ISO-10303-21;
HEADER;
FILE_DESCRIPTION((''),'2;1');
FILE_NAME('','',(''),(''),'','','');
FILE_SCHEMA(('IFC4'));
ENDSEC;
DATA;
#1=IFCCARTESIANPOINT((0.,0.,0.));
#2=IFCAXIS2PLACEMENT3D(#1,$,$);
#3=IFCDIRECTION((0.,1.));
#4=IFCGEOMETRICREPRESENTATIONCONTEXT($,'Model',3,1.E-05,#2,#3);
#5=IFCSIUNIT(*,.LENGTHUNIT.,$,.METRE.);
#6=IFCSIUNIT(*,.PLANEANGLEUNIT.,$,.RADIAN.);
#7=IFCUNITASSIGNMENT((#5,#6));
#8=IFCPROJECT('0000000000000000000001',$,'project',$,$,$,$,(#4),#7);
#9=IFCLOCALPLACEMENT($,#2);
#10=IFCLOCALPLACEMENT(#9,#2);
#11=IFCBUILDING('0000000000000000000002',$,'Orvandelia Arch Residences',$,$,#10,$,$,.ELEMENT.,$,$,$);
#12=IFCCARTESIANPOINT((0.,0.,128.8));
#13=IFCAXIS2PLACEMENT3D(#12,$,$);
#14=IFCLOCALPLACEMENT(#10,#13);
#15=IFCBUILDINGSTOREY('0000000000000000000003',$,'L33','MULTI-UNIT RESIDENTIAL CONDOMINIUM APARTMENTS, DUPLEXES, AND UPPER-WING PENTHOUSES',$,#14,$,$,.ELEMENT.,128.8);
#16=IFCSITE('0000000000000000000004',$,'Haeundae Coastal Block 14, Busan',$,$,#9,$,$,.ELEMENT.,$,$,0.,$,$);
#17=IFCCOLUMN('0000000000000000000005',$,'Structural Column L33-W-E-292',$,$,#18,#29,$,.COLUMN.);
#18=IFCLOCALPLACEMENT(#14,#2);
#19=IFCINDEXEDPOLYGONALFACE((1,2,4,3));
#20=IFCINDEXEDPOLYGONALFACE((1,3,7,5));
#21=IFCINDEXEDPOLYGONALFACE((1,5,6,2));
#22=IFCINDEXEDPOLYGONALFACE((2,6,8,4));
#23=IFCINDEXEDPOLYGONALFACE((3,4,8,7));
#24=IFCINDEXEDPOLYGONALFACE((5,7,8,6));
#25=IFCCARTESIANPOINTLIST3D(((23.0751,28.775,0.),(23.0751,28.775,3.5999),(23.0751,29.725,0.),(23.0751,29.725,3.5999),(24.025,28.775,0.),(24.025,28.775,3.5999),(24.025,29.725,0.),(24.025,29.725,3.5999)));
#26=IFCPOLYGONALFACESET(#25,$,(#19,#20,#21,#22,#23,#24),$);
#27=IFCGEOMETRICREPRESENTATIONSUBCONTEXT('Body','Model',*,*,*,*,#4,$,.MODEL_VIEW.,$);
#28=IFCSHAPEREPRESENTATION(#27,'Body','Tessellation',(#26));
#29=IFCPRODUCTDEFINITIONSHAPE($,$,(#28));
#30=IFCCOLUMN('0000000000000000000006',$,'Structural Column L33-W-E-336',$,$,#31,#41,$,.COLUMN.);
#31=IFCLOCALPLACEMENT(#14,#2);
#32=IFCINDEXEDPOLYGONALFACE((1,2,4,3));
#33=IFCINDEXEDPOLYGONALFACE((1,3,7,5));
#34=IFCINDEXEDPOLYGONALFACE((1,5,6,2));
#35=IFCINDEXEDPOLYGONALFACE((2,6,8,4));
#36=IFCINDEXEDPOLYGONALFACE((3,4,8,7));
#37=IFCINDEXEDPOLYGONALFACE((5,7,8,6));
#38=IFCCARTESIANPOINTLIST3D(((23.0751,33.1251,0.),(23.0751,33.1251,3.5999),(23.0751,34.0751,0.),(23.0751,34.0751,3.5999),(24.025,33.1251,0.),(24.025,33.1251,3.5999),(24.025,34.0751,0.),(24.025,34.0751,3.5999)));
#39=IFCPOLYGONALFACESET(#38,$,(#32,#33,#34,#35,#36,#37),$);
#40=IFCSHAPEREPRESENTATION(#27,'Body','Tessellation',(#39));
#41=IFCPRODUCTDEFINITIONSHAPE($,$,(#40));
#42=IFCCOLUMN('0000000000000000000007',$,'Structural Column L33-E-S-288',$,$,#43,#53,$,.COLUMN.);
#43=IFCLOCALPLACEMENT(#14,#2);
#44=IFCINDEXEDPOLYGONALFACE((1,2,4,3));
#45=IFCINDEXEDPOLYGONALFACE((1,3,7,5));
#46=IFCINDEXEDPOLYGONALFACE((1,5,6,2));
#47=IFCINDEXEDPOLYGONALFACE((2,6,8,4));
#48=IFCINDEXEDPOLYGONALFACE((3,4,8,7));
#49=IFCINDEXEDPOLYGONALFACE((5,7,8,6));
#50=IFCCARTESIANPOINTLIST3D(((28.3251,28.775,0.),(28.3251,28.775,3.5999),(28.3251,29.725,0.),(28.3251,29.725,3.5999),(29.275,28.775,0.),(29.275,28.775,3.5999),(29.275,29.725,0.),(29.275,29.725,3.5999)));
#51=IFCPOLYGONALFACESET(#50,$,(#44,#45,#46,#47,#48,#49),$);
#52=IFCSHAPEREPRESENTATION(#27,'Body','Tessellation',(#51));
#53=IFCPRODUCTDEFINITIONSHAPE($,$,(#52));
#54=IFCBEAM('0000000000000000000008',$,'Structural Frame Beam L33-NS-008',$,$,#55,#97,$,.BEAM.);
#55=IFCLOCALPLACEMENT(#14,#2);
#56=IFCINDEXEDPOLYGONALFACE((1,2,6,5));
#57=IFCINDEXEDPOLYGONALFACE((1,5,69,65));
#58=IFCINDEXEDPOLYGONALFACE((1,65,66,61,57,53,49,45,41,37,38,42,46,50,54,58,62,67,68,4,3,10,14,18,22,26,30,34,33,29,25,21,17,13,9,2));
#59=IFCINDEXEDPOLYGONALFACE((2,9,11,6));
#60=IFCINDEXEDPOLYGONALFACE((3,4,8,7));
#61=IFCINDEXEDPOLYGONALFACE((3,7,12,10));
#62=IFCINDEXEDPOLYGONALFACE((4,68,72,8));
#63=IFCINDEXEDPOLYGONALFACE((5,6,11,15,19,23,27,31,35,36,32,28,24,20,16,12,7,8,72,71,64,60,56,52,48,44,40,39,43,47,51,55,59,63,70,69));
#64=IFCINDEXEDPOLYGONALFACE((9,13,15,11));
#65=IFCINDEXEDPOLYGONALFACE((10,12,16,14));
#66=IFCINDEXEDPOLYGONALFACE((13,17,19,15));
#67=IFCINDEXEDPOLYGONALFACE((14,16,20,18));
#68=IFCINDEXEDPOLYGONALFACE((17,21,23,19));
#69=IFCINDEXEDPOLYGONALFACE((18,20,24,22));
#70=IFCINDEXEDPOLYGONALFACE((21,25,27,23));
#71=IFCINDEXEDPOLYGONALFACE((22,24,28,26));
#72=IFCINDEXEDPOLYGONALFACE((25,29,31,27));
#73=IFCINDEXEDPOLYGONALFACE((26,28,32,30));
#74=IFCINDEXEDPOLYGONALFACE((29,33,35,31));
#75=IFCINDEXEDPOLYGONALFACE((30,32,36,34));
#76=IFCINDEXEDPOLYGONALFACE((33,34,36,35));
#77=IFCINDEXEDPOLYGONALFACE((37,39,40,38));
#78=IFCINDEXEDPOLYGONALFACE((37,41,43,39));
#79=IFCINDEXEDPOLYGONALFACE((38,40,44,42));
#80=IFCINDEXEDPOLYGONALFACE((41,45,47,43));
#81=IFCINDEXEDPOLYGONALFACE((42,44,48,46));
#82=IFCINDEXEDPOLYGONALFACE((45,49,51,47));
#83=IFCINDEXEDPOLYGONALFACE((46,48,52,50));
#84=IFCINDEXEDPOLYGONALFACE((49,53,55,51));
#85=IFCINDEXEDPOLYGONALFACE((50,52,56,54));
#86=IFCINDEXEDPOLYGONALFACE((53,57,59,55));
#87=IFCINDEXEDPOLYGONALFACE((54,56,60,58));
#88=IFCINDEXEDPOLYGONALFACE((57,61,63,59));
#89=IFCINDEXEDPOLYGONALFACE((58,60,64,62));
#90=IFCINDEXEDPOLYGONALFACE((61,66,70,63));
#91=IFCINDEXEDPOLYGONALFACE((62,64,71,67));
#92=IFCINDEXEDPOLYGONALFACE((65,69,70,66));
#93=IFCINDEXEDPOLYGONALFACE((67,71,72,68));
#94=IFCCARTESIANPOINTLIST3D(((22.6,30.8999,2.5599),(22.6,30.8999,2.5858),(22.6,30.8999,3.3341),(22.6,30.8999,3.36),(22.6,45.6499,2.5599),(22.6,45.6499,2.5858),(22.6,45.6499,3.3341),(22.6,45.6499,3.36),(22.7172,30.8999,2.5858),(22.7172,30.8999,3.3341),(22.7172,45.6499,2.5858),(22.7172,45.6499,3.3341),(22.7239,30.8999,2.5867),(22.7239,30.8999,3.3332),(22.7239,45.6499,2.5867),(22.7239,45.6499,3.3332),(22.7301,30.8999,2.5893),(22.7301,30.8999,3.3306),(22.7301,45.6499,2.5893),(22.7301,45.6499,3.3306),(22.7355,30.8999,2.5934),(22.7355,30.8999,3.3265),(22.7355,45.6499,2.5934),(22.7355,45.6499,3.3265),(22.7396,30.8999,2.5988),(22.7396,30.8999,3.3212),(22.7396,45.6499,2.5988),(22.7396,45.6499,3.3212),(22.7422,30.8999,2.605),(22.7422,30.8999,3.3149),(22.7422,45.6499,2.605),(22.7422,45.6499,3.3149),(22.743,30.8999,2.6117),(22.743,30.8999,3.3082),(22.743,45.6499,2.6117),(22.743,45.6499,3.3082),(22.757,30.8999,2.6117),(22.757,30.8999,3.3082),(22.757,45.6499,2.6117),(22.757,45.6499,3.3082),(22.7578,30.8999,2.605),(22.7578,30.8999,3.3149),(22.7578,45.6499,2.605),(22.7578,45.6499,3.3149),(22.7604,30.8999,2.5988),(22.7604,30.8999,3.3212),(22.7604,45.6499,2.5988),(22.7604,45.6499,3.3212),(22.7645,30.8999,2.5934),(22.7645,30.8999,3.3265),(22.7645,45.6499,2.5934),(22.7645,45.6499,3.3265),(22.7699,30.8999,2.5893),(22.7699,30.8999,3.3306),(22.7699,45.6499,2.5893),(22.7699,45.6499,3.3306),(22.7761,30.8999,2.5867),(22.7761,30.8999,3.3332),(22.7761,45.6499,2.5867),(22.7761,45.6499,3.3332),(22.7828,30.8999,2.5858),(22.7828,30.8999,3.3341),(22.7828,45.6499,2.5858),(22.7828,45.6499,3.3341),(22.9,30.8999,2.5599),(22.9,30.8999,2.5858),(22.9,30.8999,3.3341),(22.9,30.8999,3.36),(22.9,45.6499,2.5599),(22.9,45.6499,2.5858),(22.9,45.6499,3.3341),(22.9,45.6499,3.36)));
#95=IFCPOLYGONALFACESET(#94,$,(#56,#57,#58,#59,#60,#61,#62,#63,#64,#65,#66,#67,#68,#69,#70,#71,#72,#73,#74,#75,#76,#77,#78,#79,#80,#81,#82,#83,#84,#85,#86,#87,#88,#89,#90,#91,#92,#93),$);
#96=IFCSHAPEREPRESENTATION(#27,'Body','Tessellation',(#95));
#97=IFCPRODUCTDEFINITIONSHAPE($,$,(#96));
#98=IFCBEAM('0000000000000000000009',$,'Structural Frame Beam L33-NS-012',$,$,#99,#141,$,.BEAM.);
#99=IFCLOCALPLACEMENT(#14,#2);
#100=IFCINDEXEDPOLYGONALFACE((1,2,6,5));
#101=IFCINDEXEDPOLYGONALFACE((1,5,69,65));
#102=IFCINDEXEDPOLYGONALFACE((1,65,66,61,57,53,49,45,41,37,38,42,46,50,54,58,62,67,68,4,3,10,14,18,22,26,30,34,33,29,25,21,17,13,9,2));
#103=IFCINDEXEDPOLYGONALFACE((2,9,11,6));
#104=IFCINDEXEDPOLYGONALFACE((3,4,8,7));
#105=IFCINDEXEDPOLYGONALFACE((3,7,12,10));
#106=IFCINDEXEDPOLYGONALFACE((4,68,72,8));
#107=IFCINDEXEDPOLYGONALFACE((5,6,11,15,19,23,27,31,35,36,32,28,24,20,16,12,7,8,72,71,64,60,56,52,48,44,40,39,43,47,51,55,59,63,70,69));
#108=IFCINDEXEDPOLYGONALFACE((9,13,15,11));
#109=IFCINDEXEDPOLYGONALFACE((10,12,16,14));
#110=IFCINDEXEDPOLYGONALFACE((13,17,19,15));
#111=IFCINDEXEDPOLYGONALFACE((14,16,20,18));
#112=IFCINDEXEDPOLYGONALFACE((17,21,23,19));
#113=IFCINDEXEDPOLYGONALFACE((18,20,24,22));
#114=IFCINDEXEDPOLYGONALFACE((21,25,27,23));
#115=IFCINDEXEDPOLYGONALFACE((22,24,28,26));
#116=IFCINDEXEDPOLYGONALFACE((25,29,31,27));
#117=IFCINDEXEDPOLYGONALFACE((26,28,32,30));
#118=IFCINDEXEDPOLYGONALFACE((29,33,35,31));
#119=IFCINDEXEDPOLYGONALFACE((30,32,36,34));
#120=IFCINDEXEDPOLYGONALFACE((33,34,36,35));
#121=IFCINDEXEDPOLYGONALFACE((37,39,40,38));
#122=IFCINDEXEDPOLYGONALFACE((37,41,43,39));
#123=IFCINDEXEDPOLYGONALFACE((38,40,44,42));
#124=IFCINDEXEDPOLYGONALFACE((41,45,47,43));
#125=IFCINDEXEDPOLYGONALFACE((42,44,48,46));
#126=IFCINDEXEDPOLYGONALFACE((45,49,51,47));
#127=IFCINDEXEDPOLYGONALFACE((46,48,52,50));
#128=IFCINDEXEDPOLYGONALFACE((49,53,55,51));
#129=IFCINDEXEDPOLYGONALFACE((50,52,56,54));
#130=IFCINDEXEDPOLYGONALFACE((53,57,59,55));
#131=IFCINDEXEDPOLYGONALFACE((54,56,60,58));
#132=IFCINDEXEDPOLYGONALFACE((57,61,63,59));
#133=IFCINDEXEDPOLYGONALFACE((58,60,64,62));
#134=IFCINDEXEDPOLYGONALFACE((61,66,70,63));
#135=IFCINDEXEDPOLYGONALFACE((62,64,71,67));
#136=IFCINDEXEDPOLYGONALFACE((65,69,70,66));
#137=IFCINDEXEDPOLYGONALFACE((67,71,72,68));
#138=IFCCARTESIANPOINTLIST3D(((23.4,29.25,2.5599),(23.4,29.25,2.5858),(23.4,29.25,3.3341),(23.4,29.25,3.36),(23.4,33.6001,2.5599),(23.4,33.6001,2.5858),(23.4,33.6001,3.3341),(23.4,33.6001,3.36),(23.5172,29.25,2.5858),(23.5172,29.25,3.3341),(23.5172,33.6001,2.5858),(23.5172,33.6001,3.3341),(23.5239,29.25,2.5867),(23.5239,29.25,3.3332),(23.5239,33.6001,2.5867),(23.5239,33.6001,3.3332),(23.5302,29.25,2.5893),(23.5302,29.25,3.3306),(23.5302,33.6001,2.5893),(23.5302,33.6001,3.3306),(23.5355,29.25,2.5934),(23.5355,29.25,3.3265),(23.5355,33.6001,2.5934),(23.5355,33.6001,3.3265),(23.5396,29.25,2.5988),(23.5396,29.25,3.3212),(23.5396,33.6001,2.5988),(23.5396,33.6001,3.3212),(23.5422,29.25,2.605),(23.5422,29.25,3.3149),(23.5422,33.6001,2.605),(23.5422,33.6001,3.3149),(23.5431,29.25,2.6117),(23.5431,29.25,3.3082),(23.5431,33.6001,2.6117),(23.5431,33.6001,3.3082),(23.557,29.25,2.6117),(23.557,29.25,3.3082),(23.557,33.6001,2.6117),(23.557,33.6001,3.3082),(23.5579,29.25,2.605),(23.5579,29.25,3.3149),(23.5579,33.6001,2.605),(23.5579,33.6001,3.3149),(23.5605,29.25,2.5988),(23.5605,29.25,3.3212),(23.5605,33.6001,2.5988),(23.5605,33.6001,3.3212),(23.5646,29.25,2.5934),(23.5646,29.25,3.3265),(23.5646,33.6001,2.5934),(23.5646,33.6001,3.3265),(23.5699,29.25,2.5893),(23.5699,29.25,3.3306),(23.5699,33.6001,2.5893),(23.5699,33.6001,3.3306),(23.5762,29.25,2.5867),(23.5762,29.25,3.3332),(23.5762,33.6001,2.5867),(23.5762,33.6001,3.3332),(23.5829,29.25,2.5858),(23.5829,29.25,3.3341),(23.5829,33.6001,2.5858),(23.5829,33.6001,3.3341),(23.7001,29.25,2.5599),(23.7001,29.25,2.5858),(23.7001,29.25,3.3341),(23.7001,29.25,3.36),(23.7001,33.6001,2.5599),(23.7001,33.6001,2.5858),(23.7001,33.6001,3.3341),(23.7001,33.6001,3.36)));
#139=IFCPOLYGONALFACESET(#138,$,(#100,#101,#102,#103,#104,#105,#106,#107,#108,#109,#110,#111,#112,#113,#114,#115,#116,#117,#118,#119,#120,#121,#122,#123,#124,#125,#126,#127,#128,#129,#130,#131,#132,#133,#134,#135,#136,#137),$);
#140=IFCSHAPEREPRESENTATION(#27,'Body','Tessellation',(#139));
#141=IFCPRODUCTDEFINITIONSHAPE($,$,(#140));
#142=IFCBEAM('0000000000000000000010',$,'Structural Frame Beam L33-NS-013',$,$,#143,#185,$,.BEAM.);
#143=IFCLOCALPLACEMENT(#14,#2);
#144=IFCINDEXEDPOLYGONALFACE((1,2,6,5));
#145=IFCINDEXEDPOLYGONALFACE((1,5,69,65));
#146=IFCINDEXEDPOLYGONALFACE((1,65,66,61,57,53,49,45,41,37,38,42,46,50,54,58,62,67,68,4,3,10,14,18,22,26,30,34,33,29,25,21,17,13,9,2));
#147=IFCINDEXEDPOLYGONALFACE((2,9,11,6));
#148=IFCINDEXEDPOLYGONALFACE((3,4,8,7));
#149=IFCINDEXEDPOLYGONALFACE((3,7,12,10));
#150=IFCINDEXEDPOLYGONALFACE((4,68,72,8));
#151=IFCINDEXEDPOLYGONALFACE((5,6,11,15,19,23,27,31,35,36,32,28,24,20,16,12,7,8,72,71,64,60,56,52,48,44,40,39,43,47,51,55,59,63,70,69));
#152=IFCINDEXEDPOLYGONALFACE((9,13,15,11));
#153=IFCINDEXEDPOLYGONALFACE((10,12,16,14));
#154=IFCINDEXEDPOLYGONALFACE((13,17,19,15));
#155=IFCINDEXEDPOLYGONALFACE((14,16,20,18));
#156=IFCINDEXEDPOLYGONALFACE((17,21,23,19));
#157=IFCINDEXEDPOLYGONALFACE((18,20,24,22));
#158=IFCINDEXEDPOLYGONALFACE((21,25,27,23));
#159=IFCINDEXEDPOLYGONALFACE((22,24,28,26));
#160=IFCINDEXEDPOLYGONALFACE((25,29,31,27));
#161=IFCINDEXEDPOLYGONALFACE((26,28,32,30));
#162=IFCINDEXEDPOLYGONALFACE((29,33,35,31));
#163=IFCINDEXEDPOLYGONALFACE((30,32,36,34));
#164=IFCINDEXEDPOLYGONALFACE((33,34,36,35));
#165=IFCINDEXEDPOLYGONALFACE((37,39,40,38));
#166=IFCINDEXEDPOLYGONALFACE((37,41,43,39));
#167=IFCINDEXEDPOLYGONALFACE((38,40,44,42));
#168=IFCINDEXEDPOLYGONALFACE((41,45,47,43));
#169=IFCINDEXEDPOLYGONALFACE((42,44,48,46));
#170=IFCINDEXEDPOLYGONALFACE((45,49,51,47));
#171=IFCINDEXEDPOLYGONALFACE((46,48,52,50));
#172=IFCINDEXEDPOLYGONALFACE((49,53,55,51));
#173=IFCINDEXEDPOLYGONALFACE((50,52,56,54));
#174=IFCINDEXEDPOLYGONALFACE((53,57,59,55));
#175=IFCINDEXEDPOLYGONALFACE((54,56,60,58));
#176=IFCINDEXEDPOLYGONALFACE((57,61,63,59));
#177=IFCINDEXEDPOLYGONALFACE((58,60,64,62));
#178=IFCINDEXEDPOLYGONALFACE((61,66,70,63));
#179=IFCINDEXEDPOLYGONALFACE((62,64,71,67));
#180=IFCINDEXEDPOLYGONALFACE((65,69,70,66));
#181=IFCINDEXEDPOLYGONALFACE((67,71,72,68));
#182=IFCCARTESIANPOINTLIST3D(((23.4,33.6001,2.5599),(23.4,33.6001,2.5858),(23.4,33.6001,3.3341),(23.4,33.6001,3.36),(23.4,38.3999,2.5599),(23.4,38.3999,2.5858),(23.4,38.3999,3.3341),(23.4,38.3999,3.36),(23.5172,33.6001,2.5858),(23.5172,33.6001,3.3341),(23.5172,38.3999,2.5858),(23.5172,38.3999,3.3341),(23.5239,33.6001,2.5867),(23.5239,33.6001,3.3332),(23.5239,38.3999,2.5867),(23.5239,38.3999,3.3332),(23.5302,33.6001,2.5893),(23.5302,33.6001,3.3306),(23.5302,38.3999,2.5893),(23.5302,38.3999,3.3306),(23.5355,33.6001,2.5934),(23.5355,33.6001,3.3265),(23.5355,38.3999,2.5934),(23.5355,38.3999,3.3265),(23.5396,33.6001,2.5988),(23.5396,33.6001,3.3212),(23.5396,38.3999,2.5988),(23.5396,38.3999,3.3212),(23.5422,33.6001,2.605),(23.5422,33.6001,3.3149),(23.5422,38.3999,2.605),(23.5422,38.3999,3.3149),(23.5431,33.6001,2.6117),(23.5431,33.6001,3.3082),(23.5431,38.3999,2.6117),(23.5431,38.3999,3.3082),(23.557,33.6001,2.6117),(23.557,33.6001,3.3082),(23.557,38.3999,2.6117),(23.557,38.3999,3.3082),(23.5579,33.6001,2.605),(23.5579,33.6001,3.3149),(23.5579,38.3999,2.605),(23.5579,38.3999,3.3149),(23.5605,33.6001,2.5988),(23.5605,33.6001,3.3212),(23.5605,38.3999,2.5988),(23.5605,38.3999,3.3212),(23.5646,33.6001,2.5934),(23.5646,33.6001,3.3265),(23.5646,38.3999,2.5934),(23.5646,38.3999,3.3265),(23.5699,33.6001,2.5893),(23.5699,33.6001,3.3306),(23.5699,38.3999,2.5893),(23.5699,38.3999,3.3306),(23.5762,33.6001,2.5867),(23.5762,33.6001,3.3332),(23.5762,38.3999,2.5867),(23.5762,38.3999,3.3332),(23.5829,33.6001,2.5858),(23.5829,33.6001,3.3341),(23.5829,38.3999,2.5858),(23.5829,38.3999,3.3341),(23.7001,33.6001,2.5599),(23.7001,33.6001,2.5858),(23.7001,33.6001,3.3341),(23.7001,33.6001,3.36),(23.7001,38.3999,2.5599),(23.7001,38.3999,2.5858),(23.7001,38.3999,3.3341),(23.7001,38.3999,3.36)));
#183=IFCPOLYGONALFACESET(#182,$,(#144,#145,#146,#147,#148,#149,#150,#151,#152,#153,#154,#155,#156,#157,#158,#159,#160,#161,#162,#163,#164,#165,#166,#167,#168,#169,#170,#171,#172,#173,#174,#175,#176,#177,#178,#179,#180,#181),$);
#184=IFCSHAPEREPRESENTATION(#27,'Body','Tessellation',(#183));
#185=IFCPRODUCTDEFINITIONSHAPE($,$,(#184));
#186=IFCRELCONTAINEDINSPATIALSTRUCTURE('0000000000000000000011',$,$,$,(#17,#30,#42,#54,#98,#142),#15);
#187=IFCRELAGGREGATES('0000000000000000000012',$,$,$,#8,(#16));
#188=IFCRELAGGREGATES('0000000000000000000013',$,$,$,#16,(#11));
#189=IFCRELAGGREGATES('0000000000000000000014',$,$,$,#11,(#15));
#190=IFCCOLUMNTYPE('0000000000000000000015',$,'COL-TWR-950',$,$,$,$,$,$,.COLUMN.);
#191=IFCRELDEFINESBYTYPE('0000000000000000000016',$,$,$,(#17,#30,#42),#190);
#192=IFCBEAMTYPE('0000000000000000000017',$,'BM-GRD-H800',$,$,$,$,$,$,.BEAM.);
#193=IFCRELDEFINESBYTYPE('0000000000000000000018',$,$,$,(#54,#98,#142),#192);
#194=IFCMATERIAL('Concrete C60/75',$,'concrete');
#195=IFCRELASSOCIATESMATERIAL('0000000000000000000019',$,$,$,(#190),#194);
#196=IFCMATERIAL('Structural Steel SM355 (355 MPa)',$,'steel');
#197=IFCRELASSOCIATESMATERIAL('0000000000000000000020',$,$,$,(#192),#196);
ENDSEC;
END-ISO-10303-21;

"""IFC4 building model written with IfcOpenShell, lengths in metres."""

from ifc_helpers import new_model, si_unit, direction, frame, origin, origin_2d, place, context, subcontext, project, spatial, rectangle, i_section, extrude, material, material_profile, profile_set, type_object, element, save


model = new_model("IFC4")

# Units and contexts
model_context = context("Model", 3, precision=1e-05, world=origin(), true_north=direction((0.0, 1.0)))
body_context = subcontext(model_context, "Body", "Model", "MODEL_VIEW")
ifc_project = project(units=[si_unit("LENGTHUNIT", "METRE"), si_unit("PLANEANGLEUNIT", "RADIAN")], contexts=[model_context])

# Site, building, storey
site_placement = place(None, origin())
site = spatial("IfcSite", under=ifc_project, at=site_placement, Name="Haeundae Coastal Block 14, Busan", CompositionType="ELEMENT", RefElevation=0.0)
building_placement = place(site_placement, origin())
building = spatial("IfcBuilding", under=site, at=building_placement, Name="Orvandelia Arch Residences", CompositionType="ELEMENT")
storey_placement = place(building_placement, frame((0.0, 0.0, 128.8)))
storey = spatial("IfcBuildingStorey", under=building, at=storey_placement, Name="L33", Description="MULTI-UNIT RESIDENTIAL CONDOMINIUM APARTMENTS, DUPLEXES, AND UPPER-WING PENTHOUSES", CompositionType="ELEMENT", Elevation=128.8)

# Columns
ifc_material_1 = material(Name="Concrete C60/75", Category="concrete")
ifc_material_profile_1 = material_profile(ifc_material_1, rectangle(XDim=0.95, YDim=0.95, at=origin_2d()), Name="Concrete C60/75", Category="concrete")
ifc_profile_set_1 = profile_set([ifc_material_profile_1], Name="Concrete C60/75")
column_type = type_object("IfcColumnType", Name="COL-TWR-950", PredefinedType="COLUMN", material=ifc_profile_set_1)
for number, where, z_axis, x_axis, name in (
    (1, (23.55, 29.25, 0.0), (0.0, 0.0, 1.0), (1.0, 0.0, 0.0), "Structural Column L33-W-E-292"),
    (2, (23.55, 33.6001, 0.0), (0.0, 0.0, 1.0), (1.0, 0.0, 0.0), "Structural Column L33-W-E-336"),
    (3, (28.8, 29.25, 0.0), (0.0, 0.0, 1.0), (1.0, 0.0, 0.0), "Structural Column L33-E-S-288"),
):
    element("IfcColumn", number, at=place(storey_placement, frame(where, z_axis=z_axis, x_axis=x_axis)), inside=storey, type_object=column_type, Name=name, PredefinedType="COLUMN", context=body_context, shape_type="SweptSolid", body=[
        extrude(rectangle(XDim=0.95, YDim=0.95, at=origin_2d()), origin(), (0.0, 0.0, 1.0), 3.5999),
    ])

# Beams
ifc_material_2 = material(Name="Structural Steel SM355 (355 MPa)", Category="steel")
ifc_material_profile_2 = material_profile(ifc_material_2, i_section(OverallWidth=0.3, OverallDepth=0.8, WebThickness=0.0139, FlangeThickness=0.0259, FilletRadius=0.0259, at=origin_2d()), Name="Structural Steel SM355 (355 MPa)", Category="steel")
ifc_profile_set_2 = profile_set([ifc_material_profile_2], Name="Structural Steel SM355 (355 MPa)")
beam_type = type_object("IfcBeamType", Name="BM-GRD-H800", PredefinedType="BEAM", material=ifc_profile_set_2)
beam_1_placement = place(storey_placement, frame((22.75, 30.8999, 2.96), z_axis=(0.0, 1.0, 0.0), x_axis=(-1.0, 0.0, 0.0)))
element("IfcBeam", 4, at=beam_1_placement, inside=storey, type_object=beam_type, Name="Structural Frame Beam L33-NS-008", PredefinedType="BEAM", context=body_context, shape_type="SweptSolid", body=[
    extrude(i_section(OverallWidth=0.3, OverallDepth=0.8, WebThickness=0.0139, FlangeThickness=0.0259, FilletRadius=0.0259, at=origin_2d()), origin(), (0.0, 0.0, 1.0), 14.75),
])
beam_2_placement = place(storey_placement, frame((23.55, 29.25, 2.96), z_axis=(0.0, 1.0, 0.0), x_axis=(-1.0, 0.0, 0.0)))
element("IfcBeam", 5, at=beam_2_placement, inside=storey, type_object=beam_type, Name="Structural Frame Beam L33-NS-012", PredefinedType="BEAM", context=body_context, shape_type="SweptSolid", body=[
    extrude(i_section(OverallWidth=0.3, OverallDepth=0.8, WebThickness=0.0139, FlangeThickness=0.0259, FilletRadius=0.0259, at=origin_2d()), origin(), (0.0, 0.0, 1.0), 4.3501),
])
beam_3_placement = place(storey_placement, frame((23.55, 33.6001, 2.96), z_axis=(0.0, 1.0, 0.0), x_axis=(-1.0, 0.0, 0.0)))
element("IfcBeam", 6, at=beam_3_placement, inside=storey, type_object=beam_type, Name="Structural Frame Beam L33-NS-013", PredefinedType="BEAM", context=body_context, shape_type="SweptSolid", body=[
    extrude(i_section(OverallWidth=0.3, OverallDepth=0.8, WebThickness=0.0139, FlangeThickness=0.0259, FilletRadius=0.0259, at=origin_2d()), origin(), (0.0, 0.0, 1.0), 4.7998),
])

save(model, "model.ifc")
